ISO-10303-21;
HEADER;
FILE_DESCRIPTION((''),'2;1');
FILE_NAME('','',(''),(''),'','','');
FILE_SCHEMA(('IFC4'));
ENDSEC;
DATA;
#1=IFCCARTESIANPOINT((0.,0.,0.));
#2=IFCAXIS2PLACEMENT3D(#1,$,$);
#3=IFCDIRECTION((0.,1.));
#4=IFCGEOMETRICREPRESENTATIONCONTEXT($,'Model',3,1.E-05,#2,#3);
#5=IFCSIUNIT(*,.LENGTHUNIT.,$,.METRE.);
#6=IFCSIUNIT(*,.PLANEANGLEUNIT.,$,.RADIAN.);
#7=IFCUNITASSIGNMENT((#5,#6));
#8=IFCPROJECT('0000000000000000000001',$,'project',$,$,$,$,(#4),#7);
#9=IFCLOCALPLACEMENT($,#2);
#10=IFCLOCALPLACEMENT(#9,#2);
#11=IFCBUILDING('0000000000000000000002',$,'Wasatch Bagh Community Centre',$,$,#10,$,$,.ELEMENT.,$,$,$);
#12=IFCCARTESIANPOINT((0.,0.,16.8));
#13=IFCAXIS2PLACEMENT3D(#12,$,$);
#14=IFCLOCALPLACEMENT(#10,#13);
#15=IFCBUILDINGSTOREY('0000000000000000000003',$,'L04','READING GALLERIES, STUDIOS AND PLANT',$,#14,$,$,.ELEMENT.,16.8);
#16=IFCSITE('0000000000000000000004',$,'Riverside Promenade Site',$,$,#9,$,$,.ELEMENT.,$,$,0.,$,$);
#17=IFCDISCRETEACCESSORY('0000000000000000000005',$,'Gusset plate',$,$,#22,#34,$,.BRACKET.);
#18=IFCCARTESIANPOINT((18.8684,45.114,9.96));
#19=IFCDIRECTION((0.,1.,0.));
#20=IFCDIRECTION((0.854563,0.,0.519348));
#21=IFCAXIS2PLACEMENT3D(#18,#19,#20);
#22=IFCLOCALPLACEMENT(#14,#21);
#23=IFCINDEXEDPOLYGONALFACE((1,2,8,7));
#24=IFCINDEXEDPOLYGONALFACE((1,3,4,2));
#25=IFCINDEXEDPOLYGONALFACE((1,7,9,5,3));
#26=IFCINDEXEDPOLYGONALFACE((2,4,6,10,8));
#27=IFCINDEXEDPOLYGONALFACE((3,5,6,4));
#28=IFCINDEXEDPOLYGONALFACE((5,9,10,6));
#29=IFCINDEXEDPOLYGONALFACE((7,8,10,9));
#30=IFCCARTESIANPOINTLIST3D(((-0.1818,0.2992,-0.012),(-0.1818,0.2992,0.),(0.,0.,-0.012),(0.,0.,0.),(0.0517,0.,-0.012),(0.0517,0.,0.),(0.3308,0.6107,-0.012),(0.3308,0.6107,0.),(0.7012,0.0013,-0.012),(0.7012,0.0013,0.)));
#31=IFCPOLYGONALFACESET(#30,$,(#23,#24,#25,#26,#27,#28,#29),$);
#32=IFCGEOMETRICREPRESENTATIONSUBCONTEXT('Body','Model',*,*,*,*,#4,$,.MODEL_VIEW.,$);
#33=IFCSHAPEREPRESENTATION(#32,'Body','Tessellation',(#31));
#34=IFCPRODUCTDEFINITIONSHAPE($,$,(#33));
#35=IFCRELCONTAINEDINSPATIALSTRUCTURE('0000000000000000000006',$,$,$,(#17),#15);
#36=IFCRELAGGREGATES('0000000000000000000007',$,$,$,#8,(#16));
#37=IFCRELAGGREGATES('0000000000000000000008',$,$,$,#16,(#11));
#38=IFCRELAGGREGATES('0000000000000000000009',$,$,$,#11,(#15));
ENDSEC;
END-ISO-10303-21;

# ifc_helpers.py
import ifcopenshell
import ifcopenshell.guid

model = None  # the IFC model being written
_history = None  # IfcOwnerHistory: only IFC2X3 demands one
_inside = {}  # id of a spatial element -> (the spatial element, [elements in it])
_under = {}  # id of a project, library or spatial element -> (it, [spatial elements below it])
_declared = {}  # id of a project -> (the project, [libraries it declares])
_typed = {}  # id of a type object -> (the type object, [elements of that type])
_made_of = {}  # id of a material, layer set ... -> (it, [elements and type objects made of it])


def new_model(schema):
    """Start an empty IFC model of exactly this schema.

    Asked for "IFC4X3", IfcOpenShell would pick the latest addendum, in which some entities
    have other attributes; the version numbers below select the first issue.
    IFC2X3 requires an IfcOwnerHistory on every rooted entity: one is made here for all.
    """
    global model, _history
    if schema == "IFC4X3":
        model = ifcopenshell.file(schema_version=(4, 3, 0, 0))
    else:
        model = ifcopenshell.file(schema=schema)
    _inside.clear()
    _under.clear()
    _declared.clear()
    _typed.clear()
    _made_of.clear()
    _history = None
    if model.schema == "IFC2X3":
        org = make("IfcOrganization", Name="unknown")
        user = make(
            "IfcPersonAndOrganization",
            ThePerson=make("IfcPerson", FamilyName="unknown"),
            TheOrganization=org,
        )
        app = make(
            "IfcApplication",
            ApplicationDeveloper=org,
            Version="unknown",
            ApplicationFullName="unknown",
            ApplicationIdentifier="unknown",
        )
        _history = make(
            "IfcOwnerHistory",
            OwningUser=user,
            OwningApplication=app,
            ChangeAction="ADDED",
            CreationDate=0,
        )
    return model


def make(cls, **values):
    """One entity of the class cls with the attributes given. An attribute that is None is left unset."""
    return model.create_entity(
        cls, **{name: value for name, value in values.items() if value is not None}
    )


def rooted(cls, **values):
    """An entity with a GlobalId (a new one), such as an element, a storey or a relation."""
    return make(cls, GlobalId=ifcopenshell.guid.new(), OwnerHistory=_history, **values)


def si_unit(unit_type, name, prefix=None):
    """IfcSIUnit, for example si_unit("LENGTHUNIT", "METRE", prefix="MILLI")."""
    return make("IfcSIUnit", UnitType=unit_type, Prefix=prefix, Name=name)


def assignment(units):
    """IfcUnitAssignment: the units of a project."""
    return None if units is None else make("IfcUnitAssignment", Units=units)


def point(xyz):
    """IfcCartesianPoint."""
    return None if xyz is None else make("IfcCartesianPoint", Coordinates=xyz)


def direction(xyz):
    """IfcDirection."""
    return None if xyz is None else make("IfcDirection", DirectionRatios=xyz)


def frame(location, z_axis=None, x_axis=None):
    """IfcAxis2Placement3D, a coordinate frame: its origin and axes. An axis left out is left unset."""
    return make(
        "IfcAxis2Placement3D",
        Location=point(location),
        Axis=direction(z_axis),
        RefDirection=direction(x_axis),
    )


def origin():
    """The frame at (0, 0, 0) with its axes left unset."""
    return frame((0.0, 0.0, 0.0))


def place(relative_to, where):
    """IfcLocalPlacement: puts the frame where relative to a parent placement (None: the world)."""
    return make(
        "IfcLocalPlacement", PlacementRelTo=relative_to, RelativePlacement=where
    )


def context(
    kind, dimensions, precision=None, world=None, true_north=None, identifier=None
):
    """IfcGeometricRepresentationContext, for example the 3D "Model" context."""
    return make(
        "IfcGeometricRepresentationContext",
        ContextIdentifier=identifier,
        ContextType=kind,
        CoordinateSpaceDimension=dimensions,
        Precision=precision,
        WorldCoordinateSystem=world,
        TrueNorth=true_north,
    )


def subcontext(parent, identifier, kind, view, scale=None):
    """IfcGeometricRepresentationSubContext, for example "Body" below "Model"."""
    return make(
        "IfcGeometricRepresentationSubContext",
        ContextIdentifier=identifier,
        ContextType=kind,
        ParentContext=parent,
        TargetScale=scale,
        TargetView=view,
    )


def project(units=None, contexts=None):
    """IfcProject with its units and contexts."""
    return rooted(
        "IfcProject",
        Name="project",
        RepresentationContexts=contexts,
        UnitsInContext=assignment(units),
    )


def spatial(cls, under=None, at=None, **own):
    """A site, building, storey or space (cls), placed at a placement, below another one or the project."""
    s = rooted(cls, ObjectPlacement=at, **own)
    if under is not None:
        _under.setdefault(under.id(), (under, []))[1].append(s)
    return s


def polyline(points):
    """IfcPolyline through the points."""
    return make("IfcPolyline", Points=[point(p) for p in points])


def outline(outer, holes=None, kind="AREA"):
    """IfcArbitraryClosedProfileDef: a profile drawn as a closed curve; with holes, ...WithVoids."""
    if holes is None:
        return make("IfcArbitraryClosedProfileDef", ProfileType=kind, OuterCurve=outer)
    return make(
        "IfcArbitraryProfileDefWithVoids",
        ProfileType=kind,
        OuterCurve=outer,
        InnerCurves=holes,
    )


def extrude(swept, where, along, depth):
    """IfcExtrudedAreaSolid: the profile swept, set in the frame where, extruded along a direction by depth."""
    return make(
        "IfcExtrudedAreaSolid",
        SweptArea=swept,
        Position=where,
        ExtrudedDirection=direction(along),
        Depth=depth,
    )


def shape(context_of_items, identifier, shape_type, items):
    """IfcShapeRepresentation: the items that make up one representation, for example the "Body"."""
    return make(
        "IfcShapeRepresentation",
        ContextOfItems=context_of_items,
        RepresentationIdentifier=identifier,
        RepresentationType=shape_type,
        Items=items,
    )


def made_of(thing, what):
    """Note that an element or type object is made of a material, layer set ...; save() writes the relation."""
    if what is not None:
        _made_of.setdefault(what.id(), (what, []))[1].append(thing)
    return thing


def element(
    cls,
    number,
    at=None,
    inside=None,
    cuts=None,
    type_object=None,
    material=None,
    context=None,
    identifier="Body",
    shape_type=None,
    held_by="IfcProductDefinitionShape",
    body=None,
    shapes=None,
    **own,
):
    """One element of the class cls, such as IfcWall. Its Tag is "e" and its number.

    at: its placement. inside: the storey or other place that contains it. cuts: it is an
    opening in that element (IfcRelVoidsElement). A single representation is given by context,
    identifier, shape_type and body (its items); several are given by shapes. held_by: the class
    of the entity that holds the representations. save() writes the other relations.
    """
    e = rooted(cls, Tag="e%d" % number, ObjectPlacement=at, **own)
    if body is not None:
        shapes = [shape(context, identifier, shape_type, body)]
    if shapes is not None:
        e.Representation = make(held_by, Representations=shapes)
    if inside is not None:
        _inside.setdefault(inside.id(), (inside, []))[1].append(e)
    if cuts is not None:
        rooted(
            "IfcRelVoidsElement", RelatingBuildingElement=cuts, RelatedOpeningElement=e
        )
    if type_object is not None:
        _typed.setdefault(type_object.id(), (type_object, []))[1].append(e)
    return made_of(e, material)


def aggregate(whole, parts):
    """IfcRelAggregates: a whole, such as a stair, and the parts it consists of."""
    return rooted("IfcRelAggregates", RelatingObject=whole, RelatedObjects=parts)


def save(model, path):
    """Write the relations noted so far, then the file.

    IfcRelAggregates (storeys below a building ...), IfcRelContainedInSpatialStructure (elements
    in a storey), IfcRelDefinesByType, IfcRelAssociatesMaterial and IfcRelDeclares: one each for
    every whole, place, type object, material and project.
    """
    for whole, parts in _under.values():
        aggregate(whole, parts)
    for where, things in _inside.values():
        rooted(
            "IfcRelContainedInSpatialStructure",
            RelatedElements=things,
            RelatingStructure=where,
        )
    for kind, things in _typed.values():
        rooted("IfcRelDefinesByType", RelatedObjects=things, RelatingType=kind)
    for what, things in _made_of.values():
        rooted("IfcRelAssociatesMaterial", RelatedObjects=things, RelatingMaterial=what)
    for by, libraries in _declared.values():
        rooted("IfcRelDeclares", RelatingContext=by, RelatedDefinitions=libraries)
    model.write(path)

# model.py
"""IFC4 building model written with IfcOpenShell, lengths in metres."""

from ifc_helpers import new_model, si_unit, direction, frame, origin, place, context, subcontext, project, spatial, polyline, outline, extrude, element, save


model = new_model("IFC4")

# Units and contexts
model_context = context("Model", 3, precision=1e-05, world=origin(), true_north=direction((0.0, 1.0)))
body_context = subcontext(model_context, "Body", "Model", "MODEL_VIEW")
ifc_project = project(units=[si_unit("LENGTHUNIT", "METRE"), si_unit("PLANEANGLEUNIT", "RADIAN")], contexts=[model_context])

# Site, building, storey
site_placement = place(None, origin())
site = spatial("IfcSite", under=ifc_project, at=site_placement, Name="Riverside Promenade Site", CompositionType="ELEMENT", RefElevation=0.0)
building_placement = place(site_placement, origin())
building = spatial("IfcBuilding", under=site, at=building_placement, Name="Wasatch Bagh Community Centre", CompositionType="ELEMENT")
storey_placement = place(building_placement, frame((0.0, 0.0, 16.8)))
storey = spatial("IfcBuildingStorey", under=building, at=storey_placement, Name="L04", Description="READING GALLERIES, STUDIOS AND PLANT", CompositionType="ELEMENT", Elevation=16.8)

# Discrete accessory
discrete_accessory_1_placement = place(storey_placement, frame((18.8684, 45.114, 9.96), z_axis=(0.0, 1.0, 0.0), x_axis=(0.854563, 0.0, 0.519348)))
element("IfcDiscreteAccessory", 1, at=discrete_accessory_1_placement, inside=storey, Name="Gusset plate", PredefinedType="BRACKET", context=body_context, shape_type="SweptSolid", body=[
    extrude(outline(polyline([(0.0, 0.0), (0.0517, 0.0), (0.7012, 0.0013), (0.3308, 0.6107), (-0.1818, 0.2992), (0.0, 0.0)])), origin(), (0.0, 0.0, -1.0), 0.012),
])

save(model, "model.ifc")
